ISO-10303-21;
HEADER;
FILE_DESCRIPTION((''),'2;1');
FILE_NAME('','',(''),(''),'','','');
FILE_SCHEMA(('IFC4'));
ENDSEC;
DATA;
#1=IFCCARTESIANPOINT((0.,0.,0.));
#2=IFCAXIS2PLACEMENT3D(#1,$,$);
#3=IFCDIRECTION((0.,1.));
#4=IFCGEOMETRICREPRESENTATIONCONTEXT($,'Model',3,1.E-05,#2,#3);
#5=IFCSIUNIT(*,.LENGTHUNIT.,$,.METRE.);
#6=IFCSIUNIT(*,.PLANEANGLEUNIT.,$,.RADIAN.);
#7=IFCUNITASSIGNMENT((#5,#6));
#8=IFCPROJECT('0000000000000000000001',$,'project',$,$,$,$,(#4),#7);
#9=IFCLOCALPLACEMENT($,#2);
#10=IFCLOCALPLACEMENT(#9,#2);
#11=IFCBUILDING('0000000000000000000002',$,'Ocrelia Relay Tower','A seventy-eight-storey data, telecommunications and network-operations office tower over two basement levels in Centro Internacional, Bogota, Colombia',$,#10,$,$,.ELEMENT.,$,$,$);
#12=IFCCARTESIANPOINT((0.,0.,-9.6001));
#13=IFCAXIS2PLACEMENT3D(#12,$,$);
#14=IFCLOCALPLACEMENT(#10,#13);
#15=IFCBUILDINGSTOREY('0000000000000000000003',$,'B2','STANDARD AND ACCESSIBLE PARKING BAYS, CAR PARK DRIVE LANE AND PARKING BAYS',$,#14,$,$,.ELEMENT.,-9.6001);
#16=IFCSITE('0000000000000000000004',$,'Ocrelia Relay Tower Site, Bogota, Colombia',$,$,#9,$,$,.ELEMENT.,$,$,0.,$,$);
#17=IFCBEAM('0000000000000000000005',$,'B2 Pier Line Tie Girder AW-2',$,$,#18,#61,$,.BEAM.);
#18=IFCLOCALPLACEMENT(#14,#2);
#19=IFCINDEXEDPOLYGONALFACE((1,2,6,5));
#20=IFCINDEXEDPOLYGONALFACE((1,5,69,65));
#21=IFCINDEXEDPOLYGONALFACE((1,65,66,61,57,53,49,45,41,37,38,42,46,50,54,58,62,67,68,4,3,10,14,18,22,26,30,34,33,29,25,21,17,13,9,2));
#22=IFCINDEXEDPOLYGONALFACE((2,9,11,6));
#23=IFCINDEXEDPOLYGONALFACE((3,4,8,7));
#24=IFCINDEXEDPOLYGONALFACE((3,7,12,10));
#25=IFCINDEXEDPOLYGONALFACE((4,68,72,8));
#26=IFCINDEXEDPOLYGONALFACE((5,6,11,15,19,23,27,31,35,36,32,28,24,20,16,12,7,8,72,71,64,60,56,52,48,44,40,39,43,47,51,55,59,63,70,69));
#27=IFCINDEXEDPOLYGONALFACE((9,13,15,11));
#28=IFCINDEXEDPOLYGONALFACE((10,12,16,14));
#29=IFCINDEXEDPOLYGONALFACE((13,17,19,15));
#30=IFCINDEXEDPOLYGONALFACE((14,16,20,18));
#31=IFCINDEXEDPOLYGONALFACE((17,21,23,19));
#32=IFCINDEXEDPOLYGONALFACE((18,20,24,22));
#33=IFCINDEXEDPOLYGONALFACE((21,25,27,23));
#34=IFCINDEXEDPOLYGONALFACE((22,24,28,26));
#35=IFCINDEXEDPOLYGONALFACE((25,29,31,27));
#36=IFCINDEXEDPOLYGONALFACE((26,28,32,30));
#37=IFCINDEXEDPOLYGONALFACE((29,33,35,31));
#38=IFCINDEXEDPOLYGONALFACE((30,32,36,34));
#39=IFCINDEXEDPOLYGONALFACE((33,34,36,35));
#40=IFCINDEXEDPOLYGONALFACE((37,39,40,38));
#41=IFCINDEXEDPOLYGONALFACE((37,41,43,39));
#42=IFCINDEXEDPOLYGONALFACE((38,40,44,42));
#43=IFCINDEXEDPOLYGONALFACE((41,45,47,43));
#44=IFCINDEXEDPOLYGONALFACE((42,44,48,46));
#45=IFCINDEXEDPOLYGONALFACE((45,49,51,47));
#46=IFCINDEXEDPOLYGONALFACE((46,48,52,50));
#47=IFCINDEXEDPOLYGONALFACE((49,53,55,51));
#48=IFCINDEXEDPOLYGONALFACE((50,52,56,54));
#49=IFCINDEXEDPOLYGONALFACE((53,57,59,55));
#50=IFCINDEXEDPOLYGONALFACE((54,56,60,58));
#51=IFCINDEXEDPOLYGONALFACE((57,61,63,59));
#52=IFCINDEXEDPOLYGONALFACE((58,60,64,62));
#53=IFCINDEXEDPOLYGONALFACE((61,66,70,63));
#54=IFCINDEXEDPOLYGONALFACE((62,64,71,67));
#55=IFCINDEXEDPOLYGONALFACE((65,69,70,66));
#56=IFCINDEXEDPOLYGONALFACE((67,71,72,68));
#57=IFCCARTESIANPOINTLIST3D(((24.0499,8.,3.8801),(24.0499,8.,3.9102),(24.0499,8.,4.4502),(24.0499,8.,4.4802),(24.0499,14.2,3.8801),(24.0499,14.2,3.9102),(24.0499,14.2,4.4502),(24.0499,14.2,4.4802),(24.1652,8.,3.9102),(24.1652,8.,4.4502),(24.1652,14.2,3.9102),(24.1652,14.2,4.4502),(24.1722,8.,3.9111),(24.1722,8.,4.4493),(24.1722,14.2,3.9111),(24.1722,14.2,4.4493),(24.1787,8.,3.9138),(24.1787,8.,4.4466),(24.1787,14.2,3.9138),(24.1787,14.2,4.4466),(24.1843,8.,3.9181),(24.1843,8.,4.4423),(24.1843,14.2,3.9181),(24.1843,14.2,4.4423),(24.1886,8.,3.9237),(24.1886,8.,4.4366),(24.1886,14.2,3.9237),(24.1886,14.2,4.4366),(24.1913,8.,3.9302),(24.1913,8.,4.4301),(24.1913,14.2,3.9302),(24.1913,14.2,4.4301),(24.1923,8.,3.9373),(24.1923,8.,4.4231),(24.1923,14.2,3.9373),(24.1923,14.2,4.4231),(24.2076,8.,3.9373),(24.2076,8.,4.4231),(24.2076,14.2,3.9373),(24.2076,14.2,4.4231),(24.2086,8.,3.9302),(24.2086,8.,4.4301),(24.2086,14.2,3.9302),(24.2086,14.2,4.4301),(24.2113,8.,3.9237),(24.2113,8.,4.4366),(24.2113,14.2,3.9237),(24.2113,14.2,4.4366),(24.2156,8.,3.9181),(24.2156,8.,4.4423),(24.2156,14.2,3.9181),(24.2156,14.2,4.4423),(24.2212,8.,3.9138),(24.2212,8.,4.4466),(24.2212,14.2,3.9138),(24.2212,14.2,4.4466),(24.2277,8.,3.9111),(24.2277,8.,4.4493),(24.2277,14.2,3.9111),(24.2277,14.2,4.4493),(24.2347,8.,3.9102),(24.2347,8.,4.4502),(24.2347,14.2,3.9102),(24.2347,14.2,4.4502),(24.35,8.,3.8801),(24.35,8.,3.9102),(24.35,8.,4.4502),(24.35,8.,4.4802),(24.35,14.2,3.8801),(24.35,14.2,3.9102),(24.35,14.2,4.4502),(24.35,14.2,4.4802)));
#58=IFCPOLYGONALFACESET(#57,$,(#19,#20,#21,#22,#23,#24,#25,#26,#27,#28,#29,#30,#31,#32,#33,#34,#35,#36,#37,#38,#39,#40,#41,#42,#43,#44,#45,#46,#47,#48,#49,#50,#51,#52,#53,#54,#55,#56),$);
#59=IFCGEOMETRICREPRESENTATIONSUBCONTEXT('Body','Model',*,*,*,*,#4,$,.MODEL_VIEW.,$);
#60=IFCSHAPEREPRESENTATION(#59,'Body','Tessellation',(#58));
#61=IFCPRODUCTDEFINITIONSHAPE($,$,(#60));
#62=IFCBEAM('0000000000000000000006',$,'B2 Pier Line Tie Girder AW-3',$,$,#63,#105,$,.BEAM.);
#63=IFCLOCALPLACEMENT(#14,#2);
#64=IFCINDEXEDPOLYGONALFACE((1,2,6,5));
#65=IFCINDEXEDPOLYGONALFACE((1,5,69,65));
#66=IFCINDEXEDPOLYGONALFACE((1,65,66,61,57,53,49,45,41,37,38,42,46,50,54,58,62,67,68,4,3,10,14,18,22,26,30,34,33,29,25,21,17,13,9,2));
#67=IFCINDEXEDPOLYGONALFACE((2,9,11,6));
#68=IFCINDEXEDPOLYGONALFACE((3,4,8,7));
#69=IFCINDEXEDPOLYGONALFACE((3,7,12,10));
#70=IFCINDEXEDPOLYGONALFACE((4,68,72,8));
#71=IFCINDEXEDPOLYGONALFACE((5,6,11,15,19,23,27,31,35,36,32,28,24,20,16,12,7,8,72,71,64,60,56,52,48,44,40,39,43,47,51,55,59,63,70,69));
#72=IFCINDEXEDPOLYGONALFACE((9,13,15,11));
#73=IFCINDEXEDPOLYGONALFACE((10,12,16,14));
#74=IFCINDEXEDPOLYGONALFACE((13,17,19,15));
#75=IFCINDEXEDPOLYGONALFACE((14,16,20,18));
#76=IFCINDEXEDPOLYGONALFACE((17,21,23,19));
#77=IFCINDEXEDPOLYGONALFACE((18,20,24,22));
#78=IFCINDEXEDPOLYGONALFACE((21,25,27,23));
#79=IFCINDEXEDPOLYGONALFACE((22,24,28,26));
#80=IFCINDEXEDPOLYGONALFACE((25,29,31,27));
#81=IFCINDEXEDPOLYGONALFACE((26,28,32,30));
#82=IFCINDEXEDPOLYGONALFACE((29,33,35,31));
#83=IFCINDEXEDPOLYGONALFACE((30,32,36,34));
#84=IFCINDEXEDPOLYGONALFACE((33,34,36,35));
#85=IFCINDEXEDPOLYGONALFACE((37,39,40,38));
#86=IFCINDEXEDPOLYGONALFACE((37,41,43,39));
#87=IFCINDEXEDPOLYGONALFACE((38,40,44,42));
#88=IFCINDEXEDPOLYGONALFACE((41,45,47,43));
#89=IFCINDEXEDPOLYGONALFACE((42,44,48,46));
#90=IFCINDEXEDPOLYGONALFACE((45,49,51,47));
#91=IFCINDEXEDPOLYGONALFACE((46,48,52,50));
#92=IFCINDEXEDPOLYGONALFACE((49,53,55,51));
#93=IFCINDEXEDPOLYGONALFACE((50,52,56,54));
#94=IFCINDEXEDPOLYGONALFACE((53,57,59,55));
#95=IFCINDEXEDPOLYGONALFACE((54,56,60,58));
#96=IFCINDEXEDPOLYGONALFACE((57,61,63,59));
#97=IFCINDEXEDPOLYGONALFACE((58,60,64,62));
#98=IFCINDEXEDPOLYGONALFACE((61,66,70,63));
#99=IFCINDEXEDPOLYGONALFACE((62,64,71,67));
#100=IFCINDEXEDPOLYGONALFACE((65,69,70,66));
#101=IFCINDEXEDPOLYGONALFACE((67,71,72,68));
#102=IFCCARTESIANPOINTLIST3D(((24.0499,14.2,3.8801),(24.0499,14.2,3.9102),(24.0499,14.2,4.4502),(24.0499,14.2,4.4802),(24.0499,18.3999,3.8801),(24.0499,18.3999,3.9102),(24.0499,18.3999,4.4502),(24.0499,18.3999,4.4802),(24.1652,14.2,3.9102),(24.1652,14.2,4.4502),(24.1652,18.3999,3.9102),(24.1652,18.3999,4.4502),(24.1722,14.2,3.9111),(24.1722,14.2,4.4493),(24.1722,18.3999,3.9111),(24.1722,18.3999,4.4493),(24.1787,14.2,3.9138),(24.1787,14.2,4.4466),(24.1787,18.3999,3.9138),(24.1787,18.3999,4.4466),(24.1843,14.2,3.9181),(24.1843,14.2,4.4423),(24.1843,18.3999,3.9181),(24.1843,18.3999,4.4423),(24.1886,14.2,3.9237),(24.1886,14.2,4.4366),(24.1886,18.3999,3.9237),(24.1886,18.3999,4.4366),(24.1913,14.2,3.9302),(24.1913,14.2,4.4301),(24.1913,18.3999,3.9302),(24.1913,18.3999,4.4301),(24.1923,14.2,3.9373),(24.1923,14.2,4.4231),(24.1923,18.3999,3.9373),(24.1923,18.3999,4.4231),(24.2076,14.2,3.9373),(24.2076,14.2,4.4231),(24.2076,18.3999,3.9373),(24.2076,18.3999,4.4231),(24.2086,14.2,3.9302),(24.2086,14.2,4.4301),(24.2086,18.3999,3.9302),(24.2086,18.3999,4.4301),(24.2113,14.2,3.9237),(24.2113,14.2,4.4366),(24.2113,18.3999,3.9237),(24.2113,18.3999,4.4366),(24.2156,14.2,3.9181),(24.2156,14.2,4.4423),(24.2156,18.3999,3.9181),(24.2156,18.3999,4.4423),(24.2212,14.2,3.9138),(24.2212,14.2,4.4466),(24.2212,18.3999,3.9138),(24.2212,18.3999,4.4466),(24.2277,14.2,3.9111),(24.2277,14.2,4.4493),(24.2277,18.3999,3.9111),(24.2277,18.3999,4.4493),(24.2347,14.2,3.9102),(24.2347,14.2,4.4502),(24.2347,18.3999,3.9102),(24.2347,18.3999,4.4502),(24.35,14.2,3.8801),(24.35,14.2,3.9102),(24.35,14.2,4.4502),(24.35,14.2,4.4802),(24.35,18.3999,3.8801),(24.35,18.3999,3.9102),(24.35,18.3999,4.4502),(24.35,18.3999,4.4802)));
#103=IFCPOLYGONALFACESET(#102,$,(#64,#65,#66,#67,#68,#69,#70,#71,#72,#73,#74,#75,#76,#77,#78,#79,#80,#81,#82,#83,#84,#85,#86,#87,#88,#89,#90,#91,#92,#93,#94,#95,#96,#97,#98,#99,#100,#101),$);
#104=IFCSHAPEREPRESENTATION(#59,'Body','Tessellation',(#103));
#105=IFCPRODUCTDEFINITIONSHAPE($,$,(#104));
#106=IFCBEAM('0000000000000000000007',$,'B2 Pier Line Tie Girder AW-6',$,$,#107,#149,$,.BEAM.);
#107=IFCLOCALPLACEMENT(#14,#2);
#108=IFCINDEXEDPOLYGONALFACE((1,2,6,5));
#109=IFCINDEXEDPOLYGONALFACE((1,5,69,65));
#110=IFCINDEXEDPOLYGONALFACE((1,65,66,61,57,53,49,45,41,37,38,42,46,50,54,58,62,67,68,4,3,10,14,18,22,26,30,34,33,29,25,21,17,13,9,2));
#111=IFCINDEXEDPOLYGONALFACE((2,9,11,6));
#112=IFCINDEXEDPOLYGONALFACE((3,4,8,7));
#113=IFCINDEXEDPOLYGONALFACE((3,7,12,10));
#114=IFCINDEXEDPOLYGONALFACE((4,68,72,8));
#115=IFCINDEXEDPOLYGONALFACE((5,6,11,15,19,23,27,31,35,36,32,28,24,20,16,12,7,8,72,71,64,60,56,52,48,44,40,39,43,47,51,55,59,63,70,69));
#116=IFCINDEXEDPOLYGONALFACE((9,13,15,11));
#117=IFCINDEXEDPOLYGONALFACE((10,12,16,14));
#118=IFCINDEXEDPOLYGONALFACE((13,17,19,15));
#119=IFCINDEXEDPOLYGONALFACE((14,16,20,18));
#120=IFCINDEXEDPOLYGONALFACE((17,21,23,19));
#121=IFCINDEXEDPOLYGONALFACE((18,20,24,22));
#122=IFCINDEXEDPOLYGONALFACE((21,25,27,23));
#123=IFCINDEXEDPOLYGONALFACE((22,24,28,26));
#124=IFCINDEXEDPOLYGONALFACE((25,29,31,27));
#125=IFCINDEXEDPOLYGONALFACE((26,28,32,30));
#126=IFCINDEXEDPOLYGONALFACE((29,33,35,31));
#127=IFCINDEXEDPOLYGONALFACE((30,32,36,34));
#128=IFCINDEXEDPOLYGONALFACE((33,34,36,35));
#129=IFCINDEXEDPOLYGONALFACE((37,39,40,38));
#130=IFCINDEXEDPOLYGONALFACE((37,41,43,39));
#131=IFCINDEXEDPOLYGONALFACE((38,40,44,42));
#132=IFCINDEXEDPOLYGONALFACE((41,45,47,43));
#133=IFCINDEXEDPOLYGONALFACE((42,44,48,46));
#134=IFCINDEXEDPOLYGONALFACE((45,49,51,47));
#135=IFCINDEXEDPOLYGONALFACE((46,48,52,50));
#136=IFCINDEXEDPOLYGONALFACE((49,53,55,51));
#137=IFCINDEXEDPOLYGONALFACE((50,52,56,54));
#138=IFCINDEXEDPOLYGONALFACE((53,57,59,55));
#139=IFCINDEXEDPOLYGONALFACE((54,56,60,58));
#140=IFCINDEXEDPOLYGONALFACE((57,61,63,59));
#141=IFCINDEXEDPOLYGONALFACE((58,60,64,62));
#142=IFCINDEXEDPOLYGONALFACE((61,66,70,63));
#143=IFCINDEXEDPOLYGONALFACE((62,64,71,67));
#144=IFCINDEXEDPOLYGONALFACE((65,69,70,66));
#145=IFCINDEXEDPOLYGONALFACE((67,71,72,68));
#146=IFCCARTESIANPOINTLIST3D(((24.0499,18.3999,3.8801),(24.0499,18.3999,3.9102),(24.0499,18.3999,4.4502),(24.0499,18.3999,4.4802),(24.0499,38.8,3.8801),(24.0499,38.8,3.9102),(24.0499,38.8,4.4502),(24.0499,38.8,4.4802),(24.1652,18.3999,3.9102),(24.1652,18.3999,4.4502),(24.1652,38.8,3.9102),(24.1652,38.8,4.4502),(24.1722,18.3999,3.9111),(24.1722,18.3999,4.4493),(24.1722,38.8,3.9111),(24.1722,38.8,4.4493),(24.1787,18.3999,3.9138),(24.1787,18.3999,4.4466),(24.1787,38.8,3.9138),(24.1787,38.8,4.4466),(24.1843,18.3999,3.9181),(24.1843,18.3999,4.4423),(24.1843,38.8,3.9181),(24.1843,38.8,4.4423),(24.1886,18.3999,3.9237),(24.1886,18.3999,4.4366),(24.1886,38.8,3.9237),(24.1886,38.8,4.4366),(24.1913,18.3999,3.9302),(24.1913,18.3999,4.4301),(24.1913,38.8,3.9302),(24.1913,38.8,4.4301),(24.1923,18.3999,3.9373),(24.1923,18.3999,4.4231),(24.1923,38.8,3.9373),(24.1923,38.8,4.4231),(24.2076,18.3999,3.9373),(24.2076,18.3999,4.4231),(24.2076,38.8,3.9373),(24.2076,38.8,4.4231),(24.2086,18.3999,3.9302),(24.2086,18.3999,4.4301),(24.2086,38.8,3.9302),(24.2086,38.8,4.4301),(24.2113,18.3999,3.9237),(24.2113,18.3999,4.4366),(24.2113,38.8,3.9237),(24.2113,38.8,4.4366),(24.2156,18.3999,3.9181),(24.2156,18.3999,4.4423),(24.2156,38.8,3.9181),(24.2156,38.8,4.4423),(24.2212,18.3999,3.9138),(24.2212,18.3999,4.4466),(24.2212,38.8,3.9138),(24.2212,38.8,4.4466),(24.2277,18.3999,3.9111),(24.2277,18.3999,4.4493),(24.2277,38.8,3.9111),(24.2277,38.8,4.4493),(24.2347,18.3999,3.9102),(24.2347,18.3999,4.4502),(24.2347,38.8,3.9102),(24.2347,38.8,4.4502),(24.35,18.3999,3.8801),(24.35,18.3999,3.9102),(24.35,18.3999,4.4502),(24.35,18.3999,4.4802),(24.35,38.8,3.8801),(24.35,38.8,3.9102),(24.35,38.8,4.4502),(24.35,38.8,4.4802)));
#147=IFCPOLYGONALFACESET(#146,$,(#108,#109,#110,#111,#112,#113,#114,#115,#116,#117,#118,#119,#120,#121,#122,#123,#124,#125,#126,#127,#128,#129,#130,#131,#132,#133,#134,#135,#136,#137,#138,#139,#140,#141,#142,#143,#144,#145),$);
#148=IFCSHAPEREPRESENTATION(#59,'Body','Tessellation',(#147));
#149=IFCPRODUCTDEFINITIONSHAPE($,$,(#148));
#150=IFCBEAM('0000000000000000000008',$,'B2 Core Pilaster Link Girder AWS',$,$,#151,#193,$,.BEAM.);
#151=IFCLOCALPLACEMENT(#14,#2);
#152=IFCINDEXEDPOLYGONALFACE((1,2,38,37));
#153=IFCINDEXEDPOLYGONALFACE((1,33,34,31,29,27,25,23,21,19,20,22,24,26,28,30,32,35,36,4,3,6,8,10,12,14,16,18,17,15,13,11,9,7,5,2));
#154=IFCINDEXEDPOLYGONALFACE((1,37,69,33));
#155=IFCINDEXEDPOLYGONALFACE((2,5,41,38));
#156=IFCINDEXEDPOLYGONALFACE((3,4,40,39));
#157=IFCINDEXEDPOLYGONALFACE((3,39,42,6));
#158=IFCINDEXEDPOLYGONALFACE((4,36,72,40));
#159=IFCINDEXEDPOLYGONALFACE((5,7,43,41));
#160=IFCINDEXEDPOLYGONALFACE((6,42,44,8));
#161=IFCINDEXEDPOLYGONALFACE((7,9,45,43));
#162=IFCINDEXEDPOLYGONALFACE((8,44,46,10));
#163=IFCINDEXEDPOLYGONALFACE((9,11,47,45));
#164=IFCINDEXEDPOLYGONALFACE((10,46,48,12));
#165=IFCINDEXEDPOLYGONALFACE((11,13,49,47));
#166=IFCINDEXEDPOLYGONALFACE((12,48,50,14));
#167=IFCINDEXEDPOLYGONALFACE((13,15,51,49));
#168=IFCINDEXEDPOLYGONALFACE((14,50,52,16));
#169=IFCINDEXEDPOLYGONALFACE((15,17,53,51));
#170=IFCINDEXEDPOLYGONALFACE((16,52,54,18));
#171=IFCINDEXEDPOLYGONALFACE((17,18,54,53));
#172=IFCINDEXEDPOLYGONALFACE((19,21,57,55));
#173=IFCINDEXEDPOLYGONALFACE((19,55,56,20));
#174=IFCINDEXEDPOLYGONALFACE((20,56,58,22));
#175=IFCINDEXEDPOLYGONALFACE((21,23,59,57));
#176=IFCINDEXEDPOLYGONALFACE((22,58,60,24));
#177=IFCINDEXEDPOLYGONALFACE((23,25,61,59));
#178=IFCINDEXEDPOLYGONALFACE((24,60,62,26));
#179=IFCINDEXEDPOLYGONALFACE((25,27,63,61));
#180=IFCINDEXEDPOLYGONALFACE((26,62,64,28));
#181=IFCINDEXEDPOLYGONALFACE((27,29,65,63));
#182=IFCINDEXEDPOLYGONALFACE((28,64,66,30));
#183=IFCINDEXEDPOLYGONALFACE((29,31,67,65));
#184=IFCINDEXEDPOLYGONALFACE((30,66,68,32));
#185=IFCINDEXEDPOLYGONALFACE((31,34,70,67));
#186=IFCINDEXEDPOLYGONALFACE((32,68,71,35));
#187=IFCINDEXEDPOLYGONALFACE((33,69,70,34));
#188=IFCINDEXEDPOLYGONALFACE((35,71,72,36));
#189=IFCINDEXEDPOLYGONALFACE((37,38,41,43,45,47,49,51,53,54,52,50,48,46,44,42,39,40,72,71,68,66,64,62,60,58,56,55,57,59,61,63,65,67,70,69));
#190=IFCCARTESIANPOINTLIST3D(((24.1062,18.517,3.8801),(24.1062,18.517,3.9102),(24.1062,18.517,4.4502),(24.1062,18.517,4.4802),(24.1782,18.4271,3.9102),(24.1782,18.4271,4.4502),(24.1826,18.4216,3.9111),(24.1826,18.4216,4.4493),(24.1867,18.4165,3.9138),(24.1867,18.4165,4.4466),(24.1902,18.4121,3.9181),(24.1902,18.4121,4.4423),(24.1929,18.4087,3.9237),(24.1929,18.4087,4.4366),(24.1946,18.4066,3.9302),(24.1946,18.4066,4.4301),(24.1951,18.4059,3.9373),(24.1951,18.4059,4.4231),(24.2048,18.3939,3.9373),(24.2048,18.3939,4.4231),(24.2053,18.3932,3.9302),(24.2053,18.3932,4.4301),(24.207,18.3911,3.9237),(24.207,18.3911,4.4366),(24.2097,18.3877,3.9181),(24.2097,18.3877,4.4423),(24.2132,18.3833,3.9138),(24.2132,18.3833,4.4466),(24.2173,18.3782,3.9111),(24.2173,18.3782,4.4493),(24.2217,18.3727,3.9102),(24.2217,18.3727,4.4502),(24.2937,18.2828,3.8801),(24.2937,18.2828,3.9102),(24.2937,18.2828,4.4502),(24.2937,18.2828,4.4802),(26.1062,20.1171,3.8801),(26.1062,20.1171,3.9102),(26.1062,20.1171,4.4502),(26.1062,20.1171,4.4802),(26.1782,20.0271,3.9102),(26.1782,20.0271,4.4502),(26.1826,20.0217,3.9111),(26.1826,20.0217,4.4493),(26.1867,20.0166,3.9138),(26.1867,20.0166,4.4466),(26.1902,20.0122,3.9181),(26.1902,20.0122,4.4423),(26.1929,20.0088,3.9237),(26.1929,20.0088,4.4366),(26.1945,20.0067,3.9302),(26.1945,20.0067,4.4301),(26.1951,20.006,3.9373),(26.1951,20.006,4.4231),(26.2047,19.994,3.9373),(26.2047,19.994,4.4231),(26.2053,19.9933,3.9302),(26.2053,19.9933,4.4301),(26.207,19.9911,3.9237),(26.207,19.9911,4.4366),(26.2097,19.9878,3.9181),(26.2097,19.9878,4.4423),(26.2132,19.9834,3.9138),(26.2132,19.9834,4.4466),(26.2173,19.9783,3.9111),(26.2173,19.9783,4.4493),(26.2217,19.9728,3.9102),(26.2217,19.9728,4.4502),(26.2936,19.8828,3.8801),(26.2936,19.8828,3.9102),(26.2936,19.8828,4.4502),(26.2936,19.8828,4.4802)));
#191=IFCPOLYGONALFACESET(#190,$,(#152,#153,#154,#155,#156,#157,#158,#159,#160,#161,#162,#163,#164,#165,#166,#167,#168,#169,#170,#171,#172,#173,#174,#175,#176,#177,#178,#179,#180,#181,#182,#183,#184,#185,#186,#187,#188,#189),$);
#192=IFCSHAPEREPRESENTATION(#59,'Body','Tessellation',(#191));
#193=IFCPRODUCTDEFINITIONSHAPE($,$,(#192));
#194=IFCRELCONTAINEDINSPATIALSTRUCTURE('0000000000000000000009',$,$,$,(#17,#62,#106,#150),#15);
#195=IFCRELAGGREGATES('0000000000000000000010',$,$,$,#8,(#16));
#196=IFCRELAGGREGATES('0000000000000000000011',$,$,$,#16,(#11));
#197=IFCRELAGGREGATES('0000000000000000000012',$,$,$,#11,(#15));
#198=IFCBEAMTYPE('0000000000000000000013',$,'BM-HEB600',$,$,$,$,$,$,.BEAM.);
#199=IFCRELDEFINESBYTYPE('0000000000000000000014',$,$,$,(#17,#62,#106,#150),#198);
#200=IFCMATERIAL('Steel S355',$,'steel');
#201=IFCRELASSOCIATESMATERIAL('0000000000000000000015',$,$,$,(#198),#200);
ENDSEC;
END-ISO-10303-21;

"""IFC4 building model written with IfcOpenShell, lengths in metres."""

from ifc_helpers import new_model, si_unit, direction, frame, origin, origin_2d, place, context, subcontext, project, spatial, i_section, extrude, material, material_profile, profile_set, type_object, element, save


model = new_model("IFC4")

# Units and contexts
model_context = context("Model", 3, precision=1e-05, world=origin(), true_north=direction((0.0, 1.0)))
body_context = subcontext(model_context, "Body", "Model", "MODEL_VIEW")
ifc_project = project(units=[si_unit("LENGTHUNIT", "METRE"), si_unit("PLANEANGLEUNIT", "RADIAN")], contexts=[model_context])

# Site, building, storey
site_placement = place(None, origin())
site = spatial("IfcSite", under=ifc_project, at=site_placement, Name="Ocrelia Relay Tower Site, Bogota, Colombia", CompositionType="ELEMENT", RefElevation=0.0)
building_placement = place(site_placement, origin())
building = spatial("IfcBuilding", under=site, at=building_placement, Name="Ocrelia Relay Tower", Description="A seventy-eight-storey data, telecommunications and network-operations office tower over two basement levels in Centro Internacional, Bogota, Colombia", CompositionType="ELEMENT")
storey_placement = place(building_placement, frame((0.0, 0.0, -9.6001)))
storey = spatial("IfcBuildingStorey", under=building, at=storey_placement, Name="B2", Description="STANDARD AND ACCESSIBLE PARKING BAYS, CAR PARK DRIVE LANE AND PARKING BAYS", CompositionType="ELEMENT", Elevation=-9.6001)

# Beams
ifc_material_1 = material(Name="Steel S355", Category="steel")
ifc_material_profile_1 = material_profile(ifc_material_1, i_section(OverallWidth=0.3, OverallDepth=0.6001, WebThickness=0.0154, FlangeThickness=0.03, FilletRadius=0.0271, at=origin_2d()), Name="HEB 600")
ifc_profile_set_1 = profile_set([ifc_material_profile_1], Name="Steel S355")
beam_type_1 = type_object("IfcBeamType", Name="BM-HEB600", PredefinedType="BEAM", material=ifc_profile_set_1)
beam_1_placement = place(storey_placement, frame((24.2, 8.0, 4.1802), z_axis=(0.0, 1.0, 0.0), x_axis=(-1.0, 0.0, 0.0)))
element("IfcBeam", 1, at=beam_1_placement, inside=storey, type_object=beam_type_1, Name="B2 Pier Line Tie Girder AW-2", PredefinedType="BEAM", context=body_context, shape_type="SweptSolid", body=[
    extrude(i_section(OverallWidth=0.3, OverallDepth=0.6001, WebThickness=0.0154, FlangeThickness=0.03, FilletRadius=0.0271, at=origin_2d()), origin(), (0.0, 0.0, 1.0), 6.2),
])
beam_2_placement = place(storey_placement, frame((24.2, 14.2, 4.1802), z_axis=(0.0, 1.0, 0.0), x_axis=(-1.0, 0.0, 0.0)))
element("IfcBeam", 2, at=beam_2_placement, inside=storey, type_object=beam_type_1, Name="B2 Pier Line Tie Girder AW-3", PredefinedType="BEAM", context=body_context, shape_type="SweptSolid", body=[
    extrude(i_section(OverallWidth=0.3, OverallDepth=0.6001, WebThickness=0.0154, FlangeThickness=0.03, FilletRadius=0.0271, at=origin_2d()), origin(), (0.0, 0.0, 1.0), 4.2),
])
beam_3_placement = place(storey_placement, frame((24.2, 18.3999, 4.1802), z_axis=(0.0, 1.0, 0.0), x_axis=(-1.0, 0.0, 0.0)))
element("IfcBeam", 3, at=beam_3_placement, inside=storey, type_object=beam_type_1, Name="B2 Pier Line Tie Girder AW-6", PredefinedType="BEAM", context=body_context, shape_type="SweptSolid", body=[
    extrude(i_section(OverallWidth=0.3, OverallDepth=0.6001, WebThickness=0.0154, FlangeThickness=0.03, FilletRadius=0.0271, at=origin_2d()), origin(), (0.0, 0.0, 1.0), 20.4001),
])
beam_4_placement = place(storey_placement, frame((24.2, 18.3999, 4.1802), z_axis=(0.78085, 0.624718, 0.0), x_axis=(-0.624718, 0.78085, 0.0)))
element("IfcBeam", 4, at=beam_4_placement, inside=storey, type_object=beam_type_1, Name="B2 Core Pilaster Link Girder AWS", PredefinedType="BEAM", context=body_context, shape_type="SweptSolid", body=[
    extrude(i_section(OverallWidth=0.3, OverallDepth=0.6001, WebThickness=0.0154, FlangeThickness=0.03, FilletRadius=0.0271, at=origin_2d()), origin(), (0.0, 0.0, 1.0), 2.5613),
])

save(model, "model.ifc")
